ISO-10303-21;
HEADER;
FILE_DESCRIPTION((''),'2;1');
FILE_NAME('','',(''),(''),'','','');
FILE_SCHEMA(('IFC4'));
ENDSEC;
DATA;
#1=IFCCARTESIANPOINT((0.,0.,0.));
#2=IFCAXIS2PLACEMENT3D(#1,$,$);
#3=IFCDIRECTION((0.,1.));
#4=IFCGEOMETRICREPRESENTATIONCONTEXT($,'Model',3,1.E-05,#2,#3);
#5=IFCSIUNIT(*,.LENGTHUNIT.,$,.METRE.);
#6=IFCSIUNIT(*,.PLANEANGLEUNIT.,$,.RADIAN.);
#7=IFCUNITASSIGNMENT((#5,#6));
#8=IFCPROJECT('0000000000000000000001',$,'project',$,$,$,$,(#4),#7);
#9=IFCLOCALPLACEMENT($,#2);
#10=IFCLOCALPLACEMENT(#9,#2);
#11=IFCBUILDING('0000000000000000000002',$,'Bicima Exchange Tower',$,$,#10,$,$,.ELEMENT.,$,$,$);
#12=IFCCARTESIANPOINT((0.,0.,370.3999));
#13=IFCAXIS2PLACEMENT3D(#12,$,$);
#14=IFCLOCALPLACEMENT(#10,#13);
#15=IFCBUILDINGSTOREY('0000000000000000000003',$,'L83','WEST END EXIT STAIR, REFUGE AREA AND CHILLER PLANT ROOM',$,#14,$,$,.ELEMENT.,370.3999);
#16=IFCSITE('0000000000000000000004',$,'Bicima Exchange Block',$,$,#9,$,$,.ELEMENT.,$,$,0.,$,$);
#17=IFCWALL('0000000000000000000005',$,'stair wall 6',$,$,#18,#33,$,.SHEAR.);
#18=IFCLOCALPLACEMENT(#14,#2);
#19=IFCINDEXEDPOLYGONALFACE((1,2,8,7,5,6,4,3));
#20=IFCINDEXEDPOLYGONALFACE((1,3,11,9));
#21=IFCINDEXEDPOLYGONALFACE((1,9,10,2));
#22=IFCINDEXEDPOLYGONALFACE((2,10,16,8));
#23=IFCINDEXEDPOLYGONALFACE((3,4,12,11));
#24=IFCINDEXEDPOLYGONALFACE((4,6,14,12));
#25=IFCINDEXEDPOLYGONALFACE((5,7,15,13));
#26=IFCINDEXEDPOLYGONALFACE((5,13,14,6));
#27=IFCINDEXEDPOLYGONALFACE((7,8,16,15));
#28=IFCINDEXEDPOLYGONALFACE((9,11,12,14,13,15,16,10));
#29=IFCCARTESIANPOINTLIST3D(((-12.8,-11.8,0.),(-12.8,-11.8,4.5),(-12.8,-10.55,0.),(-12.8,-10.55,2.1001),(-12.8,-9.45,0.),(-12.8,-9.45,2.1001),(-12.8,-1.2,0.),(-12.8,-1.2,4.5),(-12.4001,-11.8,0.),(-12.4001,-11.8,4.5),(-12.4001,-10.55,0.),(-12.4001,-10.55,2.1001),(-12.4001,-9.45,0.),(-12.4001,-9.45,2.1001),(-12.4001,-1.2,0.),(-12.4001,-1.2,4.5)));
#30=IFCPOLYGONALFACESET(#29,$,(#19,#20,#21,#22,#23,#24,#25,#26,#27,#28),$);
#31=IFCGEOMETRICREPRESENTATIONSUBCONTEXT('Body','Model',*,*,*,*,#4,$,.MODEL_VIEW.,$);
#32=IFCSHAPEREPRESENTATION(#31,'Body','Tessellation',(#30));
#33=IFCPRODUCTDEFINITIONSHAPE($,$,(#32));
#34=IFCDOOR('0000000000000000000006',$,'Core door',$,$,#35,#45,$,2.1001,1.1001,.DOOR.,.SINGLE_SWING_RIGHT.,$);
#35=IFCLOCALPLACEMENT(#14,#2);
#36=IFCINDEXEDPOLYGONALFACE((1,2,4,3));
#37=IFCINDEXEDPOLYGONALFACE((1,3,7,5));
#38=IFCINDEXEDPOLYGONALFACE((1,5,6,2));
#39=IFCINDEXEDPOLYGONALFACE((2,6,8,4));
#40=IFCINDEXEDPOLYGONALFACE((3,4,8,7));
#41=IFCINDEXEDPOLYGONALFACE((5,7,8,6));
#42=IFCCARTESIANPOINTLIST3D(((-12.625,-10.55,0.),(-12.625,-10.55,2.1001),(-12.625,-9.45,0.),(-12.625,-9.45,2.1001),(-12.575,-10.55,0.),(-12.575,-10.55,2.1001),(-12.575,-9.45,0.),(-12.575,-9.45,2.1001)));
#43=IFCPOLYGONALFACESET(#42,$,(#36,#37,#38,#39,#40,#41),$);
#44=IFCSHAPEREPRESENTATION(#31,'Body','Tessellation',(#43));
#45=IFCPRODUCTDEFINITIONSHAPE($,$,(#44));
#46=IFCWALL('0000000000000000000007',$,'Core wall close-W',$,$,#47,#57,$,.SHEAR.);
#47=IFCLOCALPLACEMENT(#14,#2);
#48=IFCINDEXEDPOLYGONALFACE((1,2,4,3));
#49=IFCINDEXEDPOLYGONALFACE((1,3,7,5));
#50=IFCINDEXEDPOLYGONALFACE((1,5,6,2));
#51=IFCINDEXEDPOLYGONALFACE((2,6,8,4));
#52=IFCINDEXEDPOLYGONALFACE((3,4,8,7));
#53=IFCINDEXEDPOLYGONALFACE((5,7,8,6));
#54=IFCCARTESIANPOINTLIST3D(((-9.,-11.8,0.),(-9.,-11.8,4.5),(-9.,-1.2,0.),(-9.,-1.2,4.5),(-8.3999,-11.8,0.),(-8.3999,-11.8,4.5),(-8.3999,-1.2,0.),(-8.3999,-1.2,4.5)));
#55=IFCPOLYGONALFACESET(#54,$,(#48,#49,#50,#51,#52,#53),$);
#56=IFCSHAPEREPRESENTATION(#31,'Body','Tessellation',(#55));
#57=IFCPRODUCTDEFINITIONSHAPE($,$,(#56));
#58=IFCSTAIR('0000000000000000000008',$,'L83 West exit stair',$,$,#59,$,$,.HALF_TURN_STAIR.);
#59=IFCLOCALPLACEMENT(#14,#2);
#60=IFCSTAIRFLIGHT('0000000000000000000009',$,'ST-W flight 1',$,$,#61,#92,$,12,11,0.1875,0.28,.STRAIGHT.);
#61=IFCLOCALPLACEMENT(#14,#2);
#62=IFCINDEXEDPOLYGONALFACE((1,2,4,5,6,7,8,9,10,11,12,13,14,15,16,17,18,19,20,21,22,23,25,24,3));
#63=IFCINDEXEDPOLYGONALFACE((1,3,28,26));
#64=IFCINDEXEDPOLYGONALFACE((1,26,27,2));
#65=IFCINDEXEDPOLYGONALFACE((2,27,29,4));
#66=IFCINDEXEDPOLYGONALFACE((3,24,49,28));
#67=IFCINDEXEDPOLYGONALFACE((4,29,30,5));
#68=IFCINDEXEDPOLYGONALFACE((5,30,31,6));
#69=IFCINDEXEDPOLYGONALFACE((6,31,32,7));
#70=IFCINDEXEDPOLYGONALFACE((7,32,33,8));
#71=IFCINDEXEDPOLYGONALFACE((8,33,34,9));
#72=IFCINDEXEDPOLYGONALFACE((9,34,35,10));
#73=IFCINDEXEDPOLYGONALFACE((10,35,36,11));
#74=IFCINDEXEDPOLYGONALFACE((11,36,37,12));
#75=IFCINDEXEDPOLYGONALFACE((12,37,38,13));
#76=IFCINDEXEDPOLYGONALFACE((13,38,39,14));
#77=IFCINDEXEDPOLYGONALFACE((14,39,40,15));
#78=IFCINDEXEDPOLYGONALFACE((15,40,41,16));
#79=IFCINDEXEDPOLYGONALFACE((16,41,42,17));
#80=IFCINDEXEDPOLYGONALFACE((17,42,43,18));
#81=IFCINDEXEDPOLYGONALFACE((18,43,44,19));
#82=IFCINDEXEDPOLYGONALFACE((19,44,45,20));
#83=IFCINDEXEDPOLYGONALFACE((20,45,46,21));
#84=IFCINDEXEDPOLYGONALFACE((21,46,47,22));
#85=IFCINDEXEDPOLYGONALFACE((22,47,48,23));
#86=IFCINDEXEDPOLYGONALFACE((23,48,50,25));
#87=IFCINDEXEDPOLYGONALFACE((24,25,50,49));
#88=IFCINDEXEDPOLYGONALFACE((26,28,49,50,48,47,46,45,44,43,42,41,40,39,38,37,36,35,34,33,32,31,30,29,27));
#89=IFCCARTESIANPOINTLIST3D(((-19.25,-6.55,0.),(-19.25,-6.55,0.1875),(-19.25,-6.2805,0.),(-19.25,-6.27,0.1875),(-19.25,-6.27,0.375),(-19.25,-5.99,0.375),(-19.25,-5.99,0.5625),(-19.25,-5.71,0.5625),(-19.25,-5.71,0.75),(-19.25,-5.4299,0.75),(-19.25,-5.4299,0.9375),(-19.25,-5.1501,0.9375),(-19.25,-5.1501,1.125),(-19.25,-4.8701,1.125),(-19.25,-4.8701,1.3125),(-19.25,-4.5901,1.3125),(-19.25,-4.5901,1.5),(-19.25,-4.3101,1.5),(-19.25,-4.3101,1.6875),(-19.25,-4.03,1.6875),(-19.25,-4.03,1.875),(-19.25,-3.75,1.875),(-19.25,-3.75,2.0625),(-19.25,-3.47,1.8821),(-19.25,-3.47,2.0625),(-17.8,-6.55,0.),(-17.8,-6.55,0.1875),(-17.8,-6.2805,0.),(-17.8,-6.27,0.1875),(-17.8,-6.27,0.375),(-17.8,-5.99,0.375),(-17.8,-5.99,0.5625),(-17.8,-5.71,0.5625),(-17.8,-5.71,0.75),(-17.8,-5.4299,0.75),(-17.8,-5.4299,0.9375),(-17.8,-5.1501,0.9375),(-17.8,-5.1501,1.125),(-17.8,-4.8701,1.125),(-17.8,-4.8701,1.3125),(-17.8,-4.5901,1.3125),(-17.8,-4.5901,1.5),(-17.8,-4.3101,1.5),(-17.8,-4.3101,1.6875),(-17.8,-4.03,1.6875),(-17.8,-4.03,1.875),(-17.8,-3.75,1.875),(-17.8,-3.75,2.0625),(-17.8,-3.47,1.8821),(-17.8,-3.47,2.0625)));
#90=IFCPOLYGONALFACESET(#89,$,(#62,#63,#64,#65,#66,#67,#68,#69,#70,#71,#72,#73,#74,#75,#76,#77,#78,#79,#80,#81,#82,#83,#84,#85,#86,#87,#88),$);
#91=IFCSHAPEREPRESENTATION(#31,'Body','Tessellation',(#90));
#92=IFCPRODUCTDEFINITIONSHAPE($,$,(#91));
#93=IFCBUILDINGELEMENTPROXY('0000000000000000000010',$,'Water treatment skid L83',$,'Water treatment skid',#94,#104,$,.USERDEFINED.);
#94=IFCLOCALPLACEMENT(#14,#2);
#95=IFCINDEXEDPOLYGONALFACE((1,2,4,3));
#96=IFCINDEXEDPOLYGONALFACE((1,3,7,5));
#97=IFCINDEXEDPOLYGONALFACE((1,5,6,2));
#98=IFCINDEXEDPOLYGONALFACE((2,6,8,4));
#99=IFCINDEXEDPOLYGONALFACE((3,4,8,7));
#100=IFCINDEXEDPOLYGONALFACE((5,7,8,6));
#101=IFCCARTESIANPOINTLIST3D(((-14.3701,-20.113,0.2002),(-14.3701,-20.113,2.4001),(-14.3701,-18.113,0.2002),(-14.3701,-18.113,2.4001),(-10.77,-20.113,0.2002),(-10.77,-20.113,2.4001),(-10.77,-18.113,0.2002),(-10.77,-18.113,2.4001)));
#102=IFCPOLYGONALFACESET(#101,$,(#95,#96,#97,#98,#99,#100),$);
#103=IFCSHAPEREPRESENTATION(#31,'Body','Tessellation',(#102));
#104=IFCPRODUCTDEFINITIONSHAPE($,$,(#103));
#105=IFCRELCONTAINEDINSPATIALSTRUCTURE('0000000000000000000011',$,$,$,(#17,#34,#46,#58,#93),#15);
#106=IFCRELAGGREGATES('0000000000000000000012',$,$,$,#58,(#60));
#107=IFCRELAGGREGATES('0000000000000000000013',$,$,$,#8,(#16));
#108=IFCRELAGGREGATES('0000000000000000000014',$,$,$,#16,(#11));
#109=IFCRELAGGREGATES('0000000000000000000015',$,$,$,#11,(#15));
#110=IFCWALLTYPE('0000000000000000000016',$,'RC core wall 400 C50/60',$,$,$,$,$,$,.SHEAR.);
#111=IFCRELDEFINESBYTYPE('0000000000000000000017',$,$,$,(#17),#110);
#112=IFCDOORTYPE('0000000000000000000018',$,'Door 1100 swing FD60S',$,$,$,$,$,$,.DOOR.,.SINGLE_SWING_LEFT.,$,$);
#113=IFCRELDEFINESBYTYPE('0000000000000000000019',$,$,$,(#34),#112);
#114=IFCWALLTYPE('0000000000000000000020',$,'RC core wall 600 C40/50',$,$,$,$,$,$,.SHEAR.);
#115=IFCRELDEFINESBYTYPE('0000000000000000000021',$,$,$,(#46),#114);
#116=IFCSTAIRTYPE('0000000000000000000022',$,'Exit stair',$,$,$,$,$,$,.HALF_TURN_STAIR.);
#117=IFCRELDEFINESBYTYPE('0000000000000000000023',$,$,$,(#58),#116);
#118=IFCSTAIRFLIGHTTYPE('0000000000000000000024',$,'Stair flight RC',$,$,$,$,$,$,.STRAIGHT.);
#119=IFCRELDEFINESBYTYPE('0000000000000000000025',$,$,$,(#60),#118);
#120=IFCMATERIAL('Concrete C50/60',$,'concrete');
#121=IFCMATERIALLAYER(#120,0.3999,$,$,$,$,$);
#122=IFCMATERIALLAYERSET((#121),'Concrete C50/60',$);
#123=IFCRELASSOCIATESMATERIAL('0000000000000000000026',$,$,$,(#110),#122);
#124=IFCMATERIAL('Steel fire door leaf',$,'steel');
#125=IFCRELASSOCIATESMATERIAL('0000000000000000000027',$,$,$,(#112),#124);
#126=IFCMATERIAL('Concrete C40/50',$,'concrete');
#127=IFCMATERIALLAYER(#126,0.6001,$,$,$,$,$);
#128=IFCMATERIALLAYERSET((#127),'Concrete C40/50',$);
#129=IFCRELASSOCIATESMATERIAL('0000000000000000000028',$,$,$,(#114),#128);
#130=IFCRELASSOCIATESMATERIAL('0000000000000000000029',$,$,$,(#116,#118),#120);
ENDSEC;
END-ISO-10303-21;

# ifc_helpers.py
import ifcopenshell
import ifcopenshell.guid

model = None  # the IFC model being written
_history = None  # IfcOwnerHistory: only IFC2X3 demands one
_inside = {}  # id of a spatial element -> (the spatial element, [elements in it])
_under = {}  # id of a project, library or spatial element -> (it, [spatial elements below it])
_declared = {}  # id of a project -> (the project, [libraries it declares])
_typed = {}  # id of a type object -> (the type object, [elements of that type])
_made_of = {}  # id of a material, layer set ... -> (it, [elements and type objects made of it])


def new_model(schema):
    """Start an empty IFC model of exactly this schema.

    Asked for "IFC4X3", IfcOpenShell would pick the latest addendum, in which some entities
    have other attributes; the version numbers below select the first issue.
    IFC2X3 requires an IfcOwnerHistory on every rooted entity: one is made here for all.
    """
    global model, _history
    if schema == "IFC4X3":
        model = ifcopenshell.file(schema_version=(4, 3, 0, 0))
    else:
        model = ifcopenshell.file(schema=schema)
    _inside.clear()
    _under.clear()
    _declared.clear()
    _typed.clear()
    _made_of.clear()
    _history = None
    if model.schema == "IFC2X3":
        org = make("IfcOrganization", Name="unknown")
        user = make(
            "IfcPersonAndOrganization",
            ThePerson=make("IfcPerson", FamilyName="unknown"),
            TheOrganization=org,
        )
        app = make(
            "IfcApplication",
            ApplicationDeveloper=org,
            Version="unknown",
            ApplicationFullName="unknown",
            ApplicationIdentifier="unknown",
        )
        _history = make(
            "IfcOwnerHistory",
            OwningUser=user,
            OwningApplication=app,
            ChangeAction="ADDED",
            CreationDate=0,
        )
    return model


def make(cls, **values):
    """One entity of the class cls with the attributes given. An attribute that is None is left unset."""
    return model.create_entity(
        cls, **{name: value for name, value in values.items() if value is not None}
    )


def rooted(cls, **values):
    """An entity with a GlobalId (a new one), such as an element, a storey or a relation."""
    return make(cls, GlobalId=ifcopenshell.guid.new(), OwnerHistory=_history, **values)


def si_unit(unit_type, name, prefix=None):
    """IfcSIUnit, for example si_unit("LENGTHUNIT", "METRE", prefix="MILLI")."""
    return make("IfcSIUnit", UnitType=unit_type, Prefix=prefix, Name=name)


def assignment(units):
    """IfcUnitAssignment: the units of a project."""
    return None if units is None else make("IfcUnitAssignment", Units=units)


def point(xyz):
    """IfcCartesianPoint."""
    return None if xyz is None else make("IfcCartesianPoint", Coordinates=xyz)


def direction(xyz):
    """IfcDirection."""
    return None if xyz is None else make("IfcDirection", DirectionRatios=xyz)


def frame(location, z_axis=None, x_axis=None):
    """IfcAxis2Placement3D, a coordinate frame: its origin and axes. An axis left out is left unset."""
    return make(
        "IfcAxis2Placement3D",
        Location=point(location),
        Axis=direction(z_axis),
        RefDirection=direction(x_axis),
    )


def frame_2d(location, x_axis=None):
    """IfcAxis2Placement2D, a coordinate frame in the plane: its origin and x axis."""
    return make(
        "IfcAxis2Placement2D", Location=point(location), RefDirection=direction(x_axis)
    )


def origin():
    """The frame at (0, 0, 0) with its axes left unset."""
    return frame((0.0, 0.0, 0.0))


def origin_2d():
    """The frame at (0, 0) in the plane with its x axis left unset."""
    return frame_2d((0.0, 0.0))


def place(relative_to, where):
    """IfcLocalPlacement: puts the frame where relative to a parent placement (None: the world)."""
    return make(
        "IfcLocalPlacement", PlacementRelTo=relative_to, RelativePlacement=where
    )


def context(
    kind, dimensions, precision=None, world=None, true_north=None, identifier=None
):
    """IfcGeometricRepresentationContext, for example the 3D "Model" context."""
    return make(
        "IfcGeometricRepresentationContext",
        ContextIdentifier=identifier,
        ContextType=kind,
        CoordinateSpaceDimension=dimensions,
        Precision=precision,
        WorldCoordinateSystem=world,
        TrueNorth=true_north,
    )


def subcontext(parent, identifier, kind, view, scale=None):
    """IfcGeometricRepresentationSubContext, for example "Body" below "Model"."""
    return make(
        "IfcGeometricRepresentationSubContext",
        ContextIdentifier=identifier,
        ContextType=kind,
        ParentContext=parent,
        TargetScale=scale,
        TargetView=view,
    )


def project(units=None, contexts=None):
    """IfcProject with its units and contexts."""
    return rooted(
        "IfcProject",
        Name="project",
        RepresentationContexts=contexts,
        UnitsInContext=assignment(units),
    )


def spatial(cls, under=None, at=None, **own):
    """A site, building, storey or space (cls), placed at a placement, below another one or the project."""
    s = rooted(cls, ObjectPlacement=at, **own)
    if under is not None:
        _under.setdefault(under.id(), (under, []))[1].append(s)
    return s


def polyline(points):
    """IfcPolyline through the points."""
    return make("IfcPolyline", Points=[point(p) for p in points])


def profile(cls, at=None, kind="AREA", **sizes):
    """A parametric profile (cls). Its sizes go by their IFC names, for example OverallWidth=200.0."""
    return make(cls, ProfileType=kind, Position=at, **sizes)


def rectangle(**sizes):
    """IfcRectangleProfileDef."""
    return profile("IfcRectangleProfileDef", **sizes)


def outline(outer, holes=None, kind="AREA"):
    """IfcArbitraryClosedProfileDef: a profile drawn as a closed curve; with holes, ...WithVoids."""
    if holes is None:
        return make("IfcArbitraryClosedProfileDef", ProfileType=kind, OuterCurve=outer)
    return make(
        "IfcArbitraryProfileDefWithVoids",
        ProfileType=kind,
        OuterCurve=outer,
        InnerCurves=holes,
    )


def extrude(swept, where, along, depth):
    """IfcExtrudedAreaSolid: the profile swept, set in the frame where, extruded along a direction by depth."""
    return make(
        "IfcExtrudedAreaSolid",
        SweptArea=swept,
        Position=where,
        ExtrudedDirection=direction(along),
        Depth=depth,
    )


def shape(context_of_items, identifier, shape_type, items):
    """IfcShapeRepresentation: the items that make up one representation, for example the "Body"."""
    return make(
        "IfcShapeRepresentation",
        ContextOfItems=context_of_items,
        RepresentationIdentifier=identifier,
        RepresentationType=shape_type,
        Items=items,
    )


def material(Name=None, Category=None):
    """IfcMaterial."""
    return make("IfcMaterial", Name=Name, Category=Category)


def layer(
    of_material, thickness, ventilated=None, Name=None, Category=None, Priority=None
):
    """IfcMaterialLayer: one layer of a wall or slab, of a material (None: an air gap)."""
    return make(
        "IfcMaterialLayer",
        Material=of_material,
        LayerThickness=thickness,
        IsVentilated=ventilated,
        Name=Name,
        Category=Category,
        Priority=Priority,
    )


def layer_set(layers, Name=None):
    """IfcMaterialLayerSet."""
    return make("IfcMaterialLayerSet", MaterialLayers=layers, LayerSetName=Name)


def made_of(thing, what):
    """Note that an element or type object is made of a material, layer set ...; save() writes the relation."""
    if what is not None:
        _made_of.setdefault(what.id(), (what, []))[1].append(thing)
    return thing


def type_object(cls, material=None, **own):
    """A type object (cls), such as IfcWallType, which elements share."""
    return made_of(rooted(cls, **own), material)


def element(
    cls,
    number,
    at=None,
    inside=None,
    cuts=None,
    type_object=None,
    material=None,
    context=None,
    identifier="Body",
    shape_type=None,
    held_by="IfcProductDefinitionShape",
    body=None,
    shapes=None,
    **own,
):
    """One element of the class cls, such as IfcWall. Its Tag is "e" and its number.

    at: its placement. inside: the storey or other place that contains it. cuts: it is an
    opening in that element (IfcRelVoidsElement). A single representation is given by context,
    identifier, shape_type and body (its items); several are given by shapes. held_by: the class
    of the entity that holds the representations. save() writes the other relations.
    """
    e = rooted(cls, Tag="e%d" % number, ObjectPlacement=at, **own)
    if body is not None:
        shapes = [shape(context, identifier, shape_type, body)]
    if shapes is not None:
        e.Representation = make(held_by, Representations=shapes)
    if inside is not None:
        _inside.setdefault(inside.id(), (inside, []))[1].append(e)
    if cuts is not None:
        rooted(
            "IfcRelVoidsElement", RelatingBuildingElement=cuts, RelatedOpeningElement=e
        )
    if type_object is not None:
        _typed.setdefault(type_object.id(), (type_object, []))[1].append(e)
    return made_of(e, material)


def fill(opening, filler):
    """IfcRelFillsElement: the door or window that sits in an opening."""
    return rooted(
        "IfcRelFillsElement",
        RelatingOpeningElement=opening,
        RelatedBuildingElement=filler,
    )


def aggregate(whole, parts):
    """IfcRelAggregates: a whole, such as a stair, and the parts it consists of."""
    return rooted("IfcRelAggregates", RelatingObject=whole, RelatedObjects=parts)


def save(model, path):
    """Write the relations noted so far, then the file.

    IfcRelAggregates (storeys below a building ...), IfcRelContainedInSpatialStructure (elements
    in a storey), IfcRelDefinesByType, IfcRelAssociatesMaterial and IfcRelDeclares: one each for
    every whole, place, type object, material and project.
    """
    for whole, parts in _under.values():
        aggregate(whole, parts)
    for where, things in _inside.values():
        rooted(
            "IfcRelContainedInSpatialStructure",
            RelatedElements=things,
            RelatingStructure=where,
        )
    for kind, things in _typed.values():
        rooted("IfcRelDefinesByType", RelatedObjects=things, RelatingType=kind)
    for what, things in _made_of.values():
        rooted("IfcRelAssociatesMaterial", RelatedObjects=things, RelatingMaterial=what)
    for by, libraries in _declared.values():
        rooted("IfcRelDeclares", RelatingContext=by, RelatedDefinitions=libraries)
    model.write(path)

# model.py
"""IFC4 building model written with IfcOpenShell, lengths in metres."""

from ifc_helpers import new_model, si_unit, direction, frame, frame_2d, origin, origin_2d, place, context, subcontext, project, spatial, polyline, rectangle, outline, extrude, material, layer, layer_set, type_object, element, fill, aggregate, save


model = new_model("IFC4")

# Units and contexts
model_context = context("Model", 3, precision=1e-05, world=origin(), true_north=direction((0.0, 1.0)))
body_context = subcontext(model_context, "Body", "Model", "MODEL_VIEW")
ifc_project = project(units=[si_unit("LENGTHUNIT", "METRE"), si_unit("PLANEANGLEUNIT", "RADIAN")], contexts=[model_context])

# Site, building, storey
site_placement = place(None, origin())
site = spatial("IfcSite", under=ifc_project, at=site_placement, Name="Bicima Exchange Block", CompositionType="ELEMENT", RefElevation=0.0)
building_placement = place(site_placement, origin())
building = spatial("IfcBuilding", under=site, at=building_placement, Name="Bicima Exchange Tower", CompositionType="ELEMENT")
storey_placement = place(building_placement, frame((0.0, 0.0, 370.3999)))
storey = spatial("IfcBuildingStorey", under=building, at=storey_placement, Name="L83", Description="WEST END EXIT STAIR, REFUGE AREA AND CHILLER PLANT ROOM", CompositionType="ELEMENT", Elevation=370.3999)

# Shared definitions
ifc_material_1 = material(Name="Concrete C40/50", Category="concrete")

# Shared definitions
ifc_material_2 = material(Name="Concrete C50/60", Category="concrete")
ifc_layer_1 = layer(ifc_material_2, 0.3999)
ifc_layer_set_1 = layer_set([ifc_layer_1], Name="Concrete C50/60")
wall_type_1 = type_object("IfcWallType", Name="RC core wall 400 C50/60", PredefinedType="SHEAR", material=ifc_layer_set_1)
ifc_material_3 = material(Name="Steel fire door leaf", Category="steel")

# Shared definitions
door_type_1 = type_object("IfcDoorType", Name="Door 1100 swing FD60S", OperationType="SINGLE_SWING_LEFT", PredefinedType="DOOR", material=ifc_material_3)

# Wall, opening, door
wall_1_placement = place(storey_placement, frame((-12.6001, -11.8, 0.0), z_axis=(0.0, 0.0, 1.0), x_axis=(0.0, 1.0, 0.0)))
wall_1 = element("IfcWall", 1, at=wall_1_placement, inside=storey, type_object=wall_type_1, Name="stair wall 6", PredefinedType="SHEAR", context=body_context, shape_type="SweptSolid", body=[
    extrude(rectangle(XDim=10.6001, YDim=0.3999, at=frame_2d((5.3, 0.0))), origin(), (0.0, 0.0, 1.0), 4.5),
])
opening_1_placement = place(wall_1_placement, frame((1.25, 0.0, 0.0)))
opening_1 = element("IfcOpeningElement", 2, at=opening_1_placement, cuts=wall_1, PredefinedType="OPENING", context=body_context, shape_type="SweptSolid", body=[
    extrude(rectangle(XDim=1.1001, YDim=2.1001, at=frame_2d((0.55, 1.05))), frame((0.0, 0.2119, 0.0), z_axis=(0.0, -1.0, 0.0), x_axis=(1.0, 0.0, 0.0)), (0.0, 0.0, 1.0), 0.4238),
])
door_1_placement = place(opening_1_placement, origin())
door_1 = element("IfcDoor", 3, at=door_1_placement, inside=storey, type_object=door_type_1, Name="Core door", OperationType="SINGLE_SWING_RIGHT", OverallHeight=2.1001, OverallWidth=1.1001, PredefinedType="DOOR", context=body_context, shape_type="SweptSolid", body=[
    extrude(rectangle(XDim=1.1001, YDim=2.1001, at=frame_2d((0.55, 1.05))), frame((0.0, 0.0249, 0.0), z_axis=(0.0, -1.0, 0.0), x_axis=(1.0, 0.0, 0.0)), (0.0, 0.0, 1.0), 0.05),
])
fill(opening_1, door_1)

# Wall
ifc_layer_2 = layer(ifc_material_1, 0.6001)
ifc_layer_set_2 = layer_set([ifc_layer_2], Name="Concrete C40/50")
wall_type_2 = type_object("IfcWallType", Name="RC core wall 600 C40/50", PredefinedType="SHEAR", material=ifc_layer_set_2)
wall_2_placement = place(storey_placement, frame((-8.7, -11.8, 0.0), z_axis=(0.0, 0.0, 1.0), x_axis=(0.0, 1.0, 0.0)))
element("IfcWall", 4, at=wall_2_placement, inside=storey, type_object=wall_type_2, Name="Core wall close-W", PredefinedType="SHEAR", context=body_context, shape_type="SweptSolid", body=[
    extrude(rectangle(XDim=10.6001, YDim=0.6001, at=frame_2d((5.3, 0.0))), origin(), (0.0, 0.0, 1.0), 4.5),
])

# Stair, stair flight
stair_type = type_object("IfcStairType", Name="Exit stair", PredefinedType="HALF_TURN_STAIR", material=ifc_material_2)
stair_placement = place(storey_placement, origin())
stair = element("IfcStair", 5, at=stair_placement, inside=storey, type_object=stair_type, Name="L83 West exit stair", PredefinedType="HALF_TURN_STAIR")
stair_flight_type = type_object("IfcStairFlightType", Name="Stair flight RC", PredefinedType="STRAIGHT", material=ifc_material_2)
stair_flight_placement = place(storey_placement, frame((-18.5249, -6.55, 0.0), z_axis=(0.0, 0.0, 1.0), x_axis=(0.0, 1.0, 0.0)))
stair_flight = element("IfcStairFlight", 6, at=stair_flight_placement, type_object=stair_flight_type, Name="ST-W flight 1", NumberOfRisers=12, NumberOfTreads=11, PredefinedType="STRAIGHT", RiserHeight=0.1875, TreadLength=0.28, context=body_context, shape_type="SweptSolid", body=[
    extrude(outline(polyline([(0.0, 0.0), (0.0, 0.1875), (0.28, 0.1875), (0.28, 0.375), (0.5601, 0.375), (0.5601, 0.5625), (0.8401, 0.5625), (0.8401, 0.75), (1.1201, 0.75), (1.1201, 0.9375), (1.3999, 0.9375), (1.3999, 1.125), (1.6799, 1.125), (1.6799, 1.3125), (1.96, 1.3125), (1.96, 1.5), (2.24, 1.5), (2.24, 1.6875), (2.52, 1.6875), (2.52, 1.875), (2.8, 1.875), (2.8, 2.0625), (3.0801, 2.0625), (3.0801, 2.25), (3.0801, 1.8821), (0.2695, 0.0), (0.0, 0.0)])), frame((0.0, 0.7251, 0.0), z_axis=(0.0, -1.0, 0.0), x_axis=(1.0, 0.0, 0.0)), (0.0, 0.0, 1.0), 1.45),
])
aggregate(stair, [stair_flight])

# Building element proxy
proxy_placement = place(storey_placement, frame((-12.5701, -19.113, 0.2002), z_axis=(0.0, 0.0, 1.0), x_axis=(1.0, 0.0, 0.0)))
element("IfcBuildingElementProxy", 7, at=proxy_placement, inside=storey, Name="Water treatment skid L83", ObjectType="Water treatment skid", PredefinedType="USERDEFINED", context=body_context, shape_type="SweptSolid", body=[
    extrude(rectangle(XDim=3.6001, YDim=2.0, at=origin_2d()), origin(), (0.0, 0.0, 1.0), 2.2),
])

save(model, "model.ifc")
